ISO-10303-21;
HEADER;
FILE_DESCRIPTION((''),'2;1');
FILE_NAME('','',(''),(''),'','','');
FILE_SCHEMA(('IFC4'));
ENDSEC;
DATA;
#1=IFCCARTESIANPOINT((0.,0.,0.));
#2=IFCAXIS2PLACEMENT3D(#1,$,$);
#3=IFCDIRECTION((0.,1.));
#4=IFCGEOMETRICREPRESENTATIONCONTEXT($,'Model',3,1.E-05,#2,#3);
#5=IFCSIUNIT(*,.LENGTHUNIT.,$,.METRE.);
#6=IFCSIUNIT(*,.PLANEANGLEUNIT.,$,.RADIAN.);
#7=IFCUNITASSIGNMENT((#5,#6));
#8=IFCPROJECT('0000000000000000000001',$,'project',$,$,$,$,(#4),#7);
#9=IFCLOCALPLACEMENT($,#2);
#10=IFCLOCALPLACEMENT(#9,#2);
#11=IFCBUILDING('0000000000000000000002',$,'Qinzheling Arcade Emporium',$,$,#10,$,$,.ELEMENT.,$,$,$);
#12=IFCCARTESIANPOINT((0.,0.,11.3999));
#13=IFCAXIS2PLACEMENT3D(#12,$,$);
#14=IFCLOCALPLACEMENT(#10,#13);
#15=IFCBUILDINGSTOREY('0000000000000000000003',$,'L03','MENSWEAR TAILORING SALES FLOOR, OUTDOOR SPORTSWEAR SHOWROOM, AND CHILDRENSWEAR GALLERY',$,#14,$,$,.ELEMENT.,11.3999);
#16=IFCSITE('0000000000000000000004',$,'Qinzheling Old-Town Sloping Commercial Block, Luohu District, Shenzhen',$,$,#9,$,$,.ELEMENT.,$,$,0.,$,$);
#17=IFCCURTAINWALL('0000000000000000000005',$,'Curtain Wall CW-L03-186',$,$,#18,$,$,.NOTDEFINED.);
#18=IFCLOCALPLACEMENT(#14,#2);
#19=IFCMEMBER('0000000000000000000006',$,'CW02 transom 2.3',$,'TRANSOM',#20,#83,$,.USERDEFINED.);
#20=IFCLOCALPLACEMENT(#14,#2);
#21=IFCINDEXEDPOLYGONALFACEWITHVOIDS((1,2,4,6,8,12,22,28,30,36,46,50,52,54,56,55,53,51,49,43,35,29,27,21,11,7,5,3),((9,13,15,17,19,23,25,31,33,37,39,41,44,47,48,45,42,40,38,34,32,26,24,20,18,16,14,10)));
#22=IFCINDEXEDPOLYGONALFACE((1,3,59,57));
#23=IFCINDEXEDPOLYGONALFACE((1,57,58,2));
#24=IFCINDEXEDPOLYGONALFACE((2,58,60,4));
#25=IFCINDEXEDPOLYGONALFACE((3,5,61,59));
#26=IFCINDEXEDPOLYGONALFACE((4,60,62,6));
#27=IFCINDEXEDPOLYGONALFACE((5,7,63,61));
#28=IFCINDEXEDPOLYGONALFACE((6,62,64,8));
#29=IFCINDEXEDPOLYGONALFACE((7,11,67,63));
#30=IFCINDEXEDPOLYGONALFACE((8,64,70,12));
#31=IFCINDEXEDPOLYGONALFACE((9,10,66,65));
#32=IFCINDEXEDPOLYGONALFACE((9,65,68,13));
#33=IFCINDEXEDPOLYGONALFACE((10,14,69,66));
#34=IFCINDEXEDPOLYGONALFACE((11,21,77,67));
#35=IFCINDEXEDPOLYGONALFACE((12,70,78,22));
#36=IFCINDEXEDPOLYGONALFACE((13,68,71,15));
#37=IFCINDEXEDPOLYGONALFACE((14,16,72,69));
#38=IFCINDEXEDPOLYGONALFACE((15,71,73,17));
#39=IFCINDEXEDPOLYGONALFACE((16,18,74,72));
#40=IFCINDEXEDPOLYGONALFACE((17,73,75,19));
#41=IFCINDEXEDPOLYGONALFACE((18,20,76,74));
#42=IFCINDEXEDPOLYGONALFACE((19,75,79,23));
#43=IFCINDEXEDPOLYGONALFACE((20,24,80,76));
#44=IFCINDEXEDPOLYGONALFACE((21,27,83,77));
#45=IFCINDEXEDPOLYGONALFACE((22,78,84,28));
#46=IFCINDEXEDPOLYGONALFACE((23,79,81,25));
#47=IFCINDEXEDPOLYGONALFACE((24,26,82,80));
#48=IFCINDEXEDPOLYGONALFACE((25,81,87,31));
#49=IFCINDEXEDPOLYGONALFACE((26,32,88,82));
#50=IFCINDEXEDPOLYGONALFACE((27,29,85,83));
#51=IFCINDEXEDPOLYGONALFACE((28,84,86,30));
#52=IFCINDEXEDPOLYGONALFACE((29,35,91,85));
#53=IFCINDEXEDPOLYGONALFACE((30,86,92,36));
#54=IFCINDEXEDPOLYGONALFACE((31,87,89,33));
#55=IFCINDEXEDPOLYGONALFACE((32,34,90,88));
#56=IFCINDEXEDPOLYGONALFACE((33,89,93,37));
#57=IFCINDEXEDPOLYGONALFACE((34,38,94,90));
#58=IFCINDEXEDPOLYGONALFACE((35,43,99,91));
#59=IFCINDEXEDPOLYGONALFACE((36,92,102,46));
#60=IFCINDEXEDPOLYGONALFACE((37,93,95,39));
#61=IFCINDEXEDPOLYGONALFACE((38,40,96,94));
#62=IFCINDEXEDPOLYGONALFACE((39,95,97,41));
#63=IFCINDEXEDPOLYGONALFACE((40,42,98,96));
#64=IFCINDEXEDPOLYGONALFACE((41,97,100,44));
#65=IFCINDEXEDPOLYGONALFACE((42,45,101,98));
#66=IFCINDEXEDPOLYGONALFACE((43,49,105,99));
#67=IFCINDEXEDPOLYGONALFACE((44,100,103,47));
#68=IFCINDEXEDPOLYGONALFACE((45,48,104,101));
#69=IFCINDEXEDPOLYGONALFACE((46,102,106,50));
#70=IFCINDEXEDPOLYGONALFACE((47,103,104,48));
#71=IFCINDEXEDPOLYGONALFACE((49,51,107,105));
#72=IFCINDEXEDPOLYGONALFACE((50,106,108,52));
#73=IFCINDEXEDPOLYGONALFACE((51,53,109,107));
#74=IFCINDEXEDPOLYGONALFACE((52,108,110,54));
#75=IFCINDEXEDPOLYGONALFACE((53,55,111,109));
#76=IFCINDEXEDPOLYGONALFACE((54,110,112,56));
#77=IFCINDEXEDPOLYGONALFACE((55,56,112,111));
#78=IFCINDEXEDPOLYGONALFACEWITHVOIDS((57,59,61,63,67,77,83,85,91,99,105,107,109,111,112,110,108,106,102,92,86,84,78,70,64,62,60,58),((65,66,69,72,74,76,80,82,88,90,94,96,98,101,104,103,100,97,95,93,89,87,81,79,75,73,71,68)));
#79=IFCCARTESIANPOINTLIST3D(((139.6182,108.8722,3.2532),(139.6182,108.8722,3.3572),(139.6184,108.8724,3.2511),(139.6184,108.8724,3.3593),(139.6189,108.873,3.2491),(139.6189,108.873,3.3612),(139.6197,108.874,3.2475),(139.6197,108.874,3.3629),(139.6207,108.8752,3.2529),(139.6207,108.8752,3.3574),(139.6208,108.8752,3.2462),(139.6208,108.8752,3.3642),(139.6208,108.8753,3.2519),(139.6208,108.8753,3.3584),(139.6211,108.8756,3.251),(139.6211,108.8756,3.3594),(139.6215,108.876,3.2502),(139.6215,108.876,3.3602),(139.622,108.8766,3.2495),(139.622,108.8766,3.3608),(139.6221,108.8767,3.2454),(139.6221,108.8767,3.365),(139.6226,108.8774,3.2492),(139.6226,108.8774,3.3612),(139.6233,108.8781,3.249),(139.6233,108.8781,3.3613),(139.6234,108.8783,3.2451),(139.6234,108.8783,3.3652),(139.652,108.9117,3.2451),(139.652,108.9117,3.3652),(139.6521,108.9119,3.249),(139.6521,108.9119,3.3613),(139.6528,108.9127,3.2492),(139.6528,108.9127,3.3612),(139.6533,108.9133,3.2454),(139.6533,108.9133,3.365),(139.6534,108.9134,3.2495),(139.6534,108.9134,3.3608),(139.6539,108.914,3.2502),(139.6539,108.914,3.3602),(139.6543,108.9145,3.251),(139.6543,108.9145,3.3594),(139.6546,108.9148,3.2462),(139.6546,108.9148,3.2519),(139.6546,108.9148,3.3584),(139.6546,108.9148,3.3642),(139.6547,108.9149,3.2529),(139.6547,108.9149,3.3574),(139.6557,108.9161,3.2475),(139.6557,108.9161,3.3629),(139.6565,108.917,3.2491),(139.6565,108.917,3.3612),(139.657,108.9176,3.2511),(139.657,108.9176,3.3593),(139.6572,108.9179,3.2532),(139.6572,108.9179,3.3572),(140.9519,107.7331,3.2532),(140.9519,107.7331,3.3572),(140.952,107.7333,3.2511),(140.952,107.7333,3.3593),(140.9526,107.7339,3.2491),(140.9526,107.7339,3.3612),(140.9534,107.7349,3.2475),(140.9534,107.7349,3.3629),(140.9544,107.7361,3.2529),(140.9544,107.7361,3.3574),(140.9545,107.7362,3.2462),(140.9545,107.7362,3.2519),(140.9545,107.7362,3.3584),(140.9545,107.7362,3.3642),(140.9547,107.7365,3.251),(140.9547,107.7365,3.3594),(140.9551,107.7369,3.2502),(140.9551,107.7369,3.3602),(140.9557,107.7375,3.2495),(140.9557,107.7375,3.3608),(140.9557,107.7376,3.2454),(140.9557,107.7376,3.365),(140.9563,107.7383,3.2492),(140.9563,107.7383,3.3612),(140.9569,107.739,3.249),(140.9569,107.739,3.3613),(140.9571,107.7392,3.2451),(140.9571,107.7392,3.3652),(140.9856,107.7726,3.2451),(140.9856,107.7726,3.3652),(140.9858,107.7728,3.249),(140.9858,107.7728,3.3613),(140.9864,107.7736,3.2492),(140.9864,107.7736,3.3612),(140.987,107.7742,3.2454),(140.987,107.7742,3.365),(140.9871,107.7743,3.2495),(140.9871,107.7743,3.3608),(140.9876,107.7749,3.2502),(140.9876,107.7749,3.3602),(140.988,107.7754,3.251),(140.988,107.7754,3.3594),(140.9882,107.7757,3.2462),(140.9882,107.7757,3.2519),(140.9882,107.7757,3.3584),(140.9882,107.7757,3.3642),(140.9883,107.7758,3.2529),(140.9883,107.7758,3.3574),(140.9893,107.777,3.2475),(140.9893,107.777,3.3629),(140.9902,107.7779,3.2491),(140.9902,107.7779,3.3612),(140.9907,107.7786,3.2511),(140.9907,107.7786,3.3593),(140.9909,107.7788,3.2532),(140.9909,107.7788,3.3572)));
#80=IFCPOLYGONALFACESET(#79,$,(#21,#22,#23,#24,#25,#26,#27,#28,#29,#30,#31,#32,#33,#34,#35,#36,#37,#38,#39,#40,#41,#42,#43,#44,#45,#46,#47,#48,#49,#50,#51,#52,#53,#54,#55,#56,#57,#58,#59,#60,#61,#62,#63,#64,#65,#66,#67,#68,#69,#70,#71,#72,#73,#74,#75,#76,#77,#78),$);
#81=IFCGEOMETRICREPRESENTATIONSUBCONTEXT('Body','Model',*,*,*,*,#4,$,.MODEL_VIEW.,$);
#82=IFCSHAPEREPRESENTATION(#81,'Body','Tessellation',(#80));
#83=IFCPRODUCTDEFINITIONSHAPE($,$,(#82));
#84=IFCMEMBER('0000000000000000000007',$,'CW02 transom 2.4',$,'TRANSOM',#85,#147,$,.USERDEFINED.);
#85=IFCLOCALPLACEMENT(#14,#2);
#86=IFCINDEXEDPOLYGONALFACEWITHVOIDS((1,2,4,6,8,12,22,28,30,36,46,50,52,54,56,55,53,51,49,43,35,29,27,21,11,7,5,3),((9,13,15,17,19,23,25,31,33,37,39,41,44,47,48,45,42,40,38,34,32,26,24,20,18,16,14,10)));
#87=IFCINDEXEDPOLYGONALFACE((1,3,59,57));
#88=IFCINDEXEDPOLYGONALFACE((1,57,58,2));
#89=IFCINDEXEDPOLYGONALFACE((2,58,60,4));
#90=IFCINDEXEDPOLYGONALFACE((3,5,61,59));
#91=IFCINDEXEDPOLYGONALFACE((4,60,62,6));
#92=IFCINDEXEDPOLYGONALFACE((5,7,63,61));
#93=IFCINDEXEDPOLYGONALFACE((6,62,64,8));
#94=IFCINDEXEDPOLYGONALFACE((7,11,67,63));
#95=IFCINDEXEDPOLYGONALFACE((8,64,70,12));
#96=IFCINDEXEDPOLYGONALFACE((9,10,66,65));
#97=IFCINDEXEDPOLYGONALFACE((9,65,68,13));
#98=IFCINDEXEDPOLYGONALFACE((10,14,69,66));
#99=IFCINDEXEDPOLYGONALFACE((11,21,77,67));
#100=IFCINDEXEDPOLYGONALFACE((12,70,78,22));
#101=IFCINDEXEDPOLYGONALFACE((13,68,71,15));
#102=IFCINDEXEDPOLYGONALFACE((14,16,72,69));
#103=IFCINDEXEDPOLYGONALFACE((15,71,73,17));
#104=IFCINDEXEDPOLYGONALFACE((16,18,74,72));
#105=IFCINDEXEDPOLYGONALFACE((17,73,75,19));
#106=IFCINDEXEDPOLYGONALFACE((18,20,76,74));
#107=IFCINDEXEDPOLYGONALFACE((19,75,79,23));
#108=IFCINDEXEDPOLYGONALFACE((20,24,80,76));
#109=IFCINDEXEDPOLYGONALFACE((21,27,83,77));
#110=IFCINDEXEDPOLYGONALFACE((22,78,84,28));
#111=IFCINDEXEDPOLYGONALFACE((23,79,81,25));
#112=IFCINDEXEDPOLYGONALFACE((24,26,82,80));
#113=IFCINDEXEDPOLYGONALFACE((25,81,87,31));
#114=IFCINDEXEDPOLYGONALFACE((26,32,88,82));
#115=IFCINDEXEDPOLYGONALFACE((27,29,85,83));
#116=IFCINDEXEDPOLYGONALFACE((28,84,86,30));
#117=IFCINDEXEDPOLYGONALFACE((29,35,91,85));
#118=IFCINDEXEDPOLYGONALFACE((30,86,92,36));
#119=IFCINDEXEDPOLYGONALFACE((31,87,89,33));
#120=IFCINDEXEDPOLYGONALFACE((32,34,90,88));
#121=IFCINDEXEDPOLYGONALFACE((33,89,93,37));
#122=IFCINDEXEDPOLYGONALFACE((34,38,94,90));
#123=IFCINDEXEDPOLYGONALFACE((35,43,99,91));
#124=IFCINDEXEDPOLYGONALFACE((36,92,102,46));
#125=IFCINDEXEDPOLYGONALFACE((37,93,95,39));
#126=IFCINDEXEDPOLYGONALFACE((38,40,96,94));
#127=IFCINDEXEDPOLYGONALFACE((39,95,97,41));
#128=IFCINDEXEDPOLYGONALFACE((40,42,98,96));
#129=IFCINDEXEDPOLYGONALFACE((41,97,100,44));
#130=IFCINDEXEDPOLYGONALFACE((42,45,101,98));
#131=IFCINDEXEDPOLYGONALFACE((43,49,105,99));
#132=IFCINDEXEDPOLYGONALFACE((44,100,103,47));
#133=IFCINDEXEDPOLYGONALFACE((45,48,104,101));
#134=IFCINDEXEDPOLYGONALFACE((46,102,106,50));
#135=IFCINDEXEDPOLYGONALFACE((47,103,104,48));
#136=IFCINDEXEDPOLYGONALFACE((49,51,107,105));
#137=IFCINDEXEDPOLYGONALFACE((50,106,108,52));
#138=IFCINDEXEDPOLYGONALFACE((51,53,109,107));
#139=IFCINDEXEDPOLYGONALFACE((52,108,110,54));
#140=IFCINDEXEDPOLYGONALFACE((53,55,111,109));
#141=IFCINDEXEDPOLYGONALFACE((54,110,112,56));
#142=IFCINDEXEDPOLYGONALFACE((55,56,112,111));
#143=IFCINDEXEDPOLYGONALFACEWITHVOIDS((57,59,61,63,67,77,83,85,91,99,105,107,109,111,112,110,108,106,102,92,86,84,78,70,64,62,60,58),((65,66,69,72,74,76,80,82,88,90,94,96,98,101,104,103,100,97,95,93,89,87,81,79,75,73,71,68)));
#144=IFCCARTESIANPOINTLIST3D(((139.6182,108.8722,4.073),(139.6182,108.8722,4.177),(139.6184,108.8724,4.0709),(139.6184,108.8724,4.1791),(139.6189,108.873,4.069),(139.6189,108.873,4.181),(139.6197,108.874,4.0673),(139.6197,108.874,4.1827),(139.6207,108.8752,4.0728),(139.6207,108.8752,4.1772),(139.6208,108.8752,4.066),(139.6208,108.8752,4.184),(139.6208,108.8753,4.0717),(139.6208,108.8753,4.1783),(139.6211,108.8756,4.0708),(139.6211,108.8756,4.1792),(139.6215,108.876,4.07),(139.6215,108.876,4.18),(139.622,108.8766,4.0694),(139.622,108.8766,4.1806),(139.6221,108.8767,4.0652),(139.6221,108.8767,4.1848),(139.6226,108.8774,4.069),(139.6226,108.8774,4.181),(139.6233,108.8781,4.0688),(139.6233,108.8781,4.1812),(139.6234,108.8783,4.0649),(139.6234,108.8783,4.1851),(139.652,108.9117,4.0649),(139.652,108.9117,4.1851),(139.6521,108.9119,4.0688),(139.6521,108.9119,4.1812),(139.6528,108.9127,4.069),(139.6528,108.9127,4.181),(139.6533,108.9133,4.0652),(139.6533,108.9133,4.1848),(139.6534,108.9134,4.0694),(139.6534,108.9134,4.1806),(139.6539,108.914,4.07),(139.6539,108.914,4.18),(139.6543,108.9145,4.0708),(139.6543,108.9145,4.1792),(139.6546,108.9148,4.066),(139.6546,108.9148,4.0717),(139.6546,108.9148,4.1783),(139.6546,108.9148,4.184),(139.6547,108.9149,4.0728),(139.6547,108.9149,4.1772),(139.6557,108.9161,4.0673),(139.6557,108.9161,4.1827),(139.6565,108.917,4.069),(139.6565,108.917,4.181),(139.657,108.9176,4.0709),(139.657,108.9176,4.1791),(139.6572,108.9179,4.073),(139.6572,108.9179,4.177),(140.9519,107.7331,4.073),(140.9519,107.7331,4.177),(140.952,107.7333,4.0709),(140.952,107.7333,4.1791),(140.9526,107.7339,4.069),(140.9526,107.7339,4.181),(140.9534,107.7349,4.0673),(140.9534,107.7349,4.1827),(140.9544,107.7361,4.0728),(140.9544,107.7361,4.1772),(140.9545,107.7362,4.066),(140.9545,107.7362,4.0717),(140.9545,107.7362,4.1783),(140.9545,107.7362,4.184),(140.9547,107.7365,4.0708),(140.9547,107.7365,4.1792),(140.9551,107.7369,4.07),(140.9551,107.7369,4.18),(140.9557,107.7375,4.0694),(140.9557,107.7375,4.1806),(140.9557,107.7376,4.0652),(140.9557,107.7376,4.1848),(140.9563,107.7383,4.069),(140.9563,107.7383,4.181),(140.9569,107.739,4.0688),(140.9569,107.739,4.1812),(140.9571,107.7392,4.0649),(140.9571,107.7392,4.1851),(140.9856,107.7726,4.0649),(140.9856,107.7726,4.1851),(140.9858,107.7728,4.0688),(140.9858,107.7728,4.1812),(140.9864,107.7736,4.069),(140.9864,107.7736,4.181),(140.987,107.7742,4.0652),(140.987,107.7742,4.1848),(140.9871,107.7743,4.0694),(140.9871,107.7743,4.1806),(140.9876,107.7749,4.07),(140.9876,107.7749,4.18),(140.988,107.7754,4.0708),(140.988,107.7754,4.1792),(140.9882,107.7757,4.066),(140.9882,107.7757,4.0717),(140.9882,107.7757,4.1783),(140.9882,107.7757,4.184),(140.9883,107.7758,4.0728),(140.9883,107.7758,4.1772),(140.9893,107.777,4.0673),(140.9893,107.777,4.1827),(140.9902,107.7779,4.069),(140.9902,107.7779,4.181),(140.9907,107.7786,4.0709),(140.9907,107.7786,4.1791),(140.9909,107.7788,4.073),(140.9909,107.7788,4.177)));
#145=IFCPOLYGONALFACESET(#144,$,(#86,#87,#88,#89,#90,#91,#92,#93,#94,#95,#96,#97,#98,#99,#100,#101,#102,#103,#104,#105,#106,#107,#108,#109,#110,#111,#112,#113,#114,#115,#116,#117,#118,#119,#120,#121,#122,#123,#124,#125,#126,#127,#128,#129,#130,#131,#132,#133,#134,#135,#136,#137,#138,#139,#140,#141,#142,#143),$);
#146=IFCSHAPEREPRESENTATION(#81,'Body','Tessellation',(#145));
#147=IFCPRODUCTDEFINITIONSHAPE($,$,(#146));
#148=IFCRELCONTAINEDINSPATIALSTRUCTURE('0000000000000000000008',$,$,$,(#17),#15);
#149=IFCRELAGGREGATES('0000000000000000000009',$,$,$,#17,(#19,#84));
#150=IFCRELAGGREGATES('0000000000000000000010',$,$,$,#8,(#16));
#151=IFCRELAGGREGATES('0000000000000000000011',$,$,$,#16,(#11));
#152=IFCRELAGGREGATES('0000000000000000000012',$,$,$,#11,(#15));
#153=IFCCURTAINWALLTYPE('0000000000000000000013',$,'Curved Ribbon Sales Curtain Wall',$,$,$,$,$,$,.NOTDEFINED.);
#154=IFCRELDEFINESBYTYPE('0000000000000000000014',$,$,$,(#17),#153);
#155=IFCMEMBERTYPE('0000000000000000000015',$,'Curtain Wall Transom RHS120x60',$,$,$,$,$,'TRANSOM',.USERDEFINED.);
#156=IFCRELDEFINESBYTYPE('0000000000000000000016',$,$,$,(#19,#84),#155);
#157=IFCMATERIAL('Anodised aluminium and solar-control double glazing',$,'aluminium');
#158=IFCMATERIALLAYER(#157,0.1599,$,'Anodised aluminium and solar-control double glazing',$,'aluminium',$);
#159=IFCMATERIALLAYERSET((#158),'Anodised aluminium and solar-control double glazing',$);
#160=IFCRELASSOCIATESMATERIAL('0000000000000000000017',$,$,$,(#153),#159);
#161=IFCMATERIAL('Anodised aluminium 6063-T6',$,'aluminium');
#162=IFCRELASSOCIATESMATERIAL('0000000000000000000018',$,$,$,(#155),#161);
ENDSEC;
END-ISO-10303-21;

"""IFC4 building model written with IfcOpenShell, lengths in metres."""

from ifc_helpers import new_model, si_unit, direction, frame, origin, origin_2d, place, context, subcontext, project, spatial, hollow_rectangle, extrude, material, layer, layer_set, material_profile, profile_set, type_object, element, aggregate, save


model = new_model("IFC4")

# Units and contexts
model_context = context("Model", 3, precision=1e-05, world=origin(), true_north=direction((0.0, 1.0)))
body_context = subcontext(model_context, "Body", "Model", "MODEL_VIEW")
ifc_project = project(units=[si_unit("LENGTHUNIT", "METRE"), si_unit("PLANEANGLEUNIT", "RADIAN")], contexts=[model_context])

# Site, building, storey
site_placement = place(None, origin())
site = spatial("IfcSite", under=ifc_project, at=site_placement, Name="Qinzheling Old-Town Sloping Commercial Block, Luohu District, Shenzhen", CompositionType="ELEMENT", RefElevation=0.0)
building_placement = place(site_placement, origin())
building = spatial("IfcBuilding", under=site, at=building_placement, Name="Qinzheling Arcade Emporium", CompositionType="ELEMENT")
storey_placement = place(building_placement, frame((0.0, 0.0, 11.3999)))
storey = spatial("IfcBuildingStorey", under=building, at=storey_placement, Name="L03", Description="MENSWEAR TAILORING SALES FLOOR, OUTDOOR SPORTSWEAR SHOWROOM, AND CHILDRENSWEAR GALLERY", CompositionType="ELEMENT", Elevation=11.3999)

# Curtain wall
ifc_material_1 = material(Name="Anodised aluminium and solar-control double glazing", Category="aluminium")
ifc_layer_1 = layer(ifc_material_1, 0.1599, Name="Anodised aluminium and solar-control double glazing", Category="aluminium")
ifc_layer_set_1 = layer_set([ifc_layer_1], Name="Anodised aluminium and solar-control double glazing")
curtain_wall_type = type_object("IfcCurtainWallType", Name="Curved Ribbon Sales Curtain Wall", PredefinedType="NOTDEFINED", material=ifc_layer_set_1)
curtain_wall_1_placement = place(storey_placement, origin())
curtain_wall_1 = element("IfcCurtainWall", 1, at=curtain_wall_1_placement, inside=storey, type_object=curtain_wall_type, Name="Curtain Wall CW-L03-186", PredefinedType="NOTDEFINED")
ifc_material_2 = material(Name="Anodised aluminium 6063-T6", Category="aluminium")

# Members
ifc_material_profile_1 = material_profile(ifc_material_2, hollow_rectangle(XDim=0.0601, YDim=0.1201, WallThickness=0.0039, InnerFilletRadius=0.0039, OuterFilletRadius=0.0081, at=origin_2d()), Name="RHS 120x60x4", Category="aluminium")
ifc_profile_set_1 = profile_set([ifc_material_profile_1], Name="Anodised aluminium 6063-T6")
member_type_1 = type_object("IfcMemberType", Name="Curtain Wall Transom RHS120x60", ElementType="TRANSOM", PredefinedType="USERDEFINED", material=ifc_profile_set_1)
member_1_placement = place(storey_placement, frame((139.6377, 108.895, 3.3052), z_axis=(0.760395, -0.649461, 0.0), x_axis=(0.649461, 0.760395, 0.0)))
member_1 = element("IfcMember", 2, at=member_1_placement, type_object=member_type_1, Name="CW02 transom 2.3", ObjectType="TRANSOM", PredefinedType="USERDEFINED", context=body_context, shape_type="SweptSolid", body=[
    extrude(hollow_rectangle(XDim=0.0601, YDim=0.1201, WallThickness=0.0039, InnerFilletRadius=0.0039, OuterFilletRadius=0.0081, at=origin_2d()), origin(), (0.0, 0.0, 1.0), 1.7539),
])
member_2_placement = place(storey_placement, frame((139.6377, 108.895, 4.125), z_axis=(0.760395, -0.649461, 0.0), x_axis=(0.649461, 0.760395, 0.0)))
member_2 = element("IfcMember", 3, at=member_2_placement, type_object=member_type_1, Name="CW02 transom 2.4", ObjectType="TRANSOM", PredefinedType="USERDEFINED", context=body_context, shape_type="SweptSolid", body=[
    extrude(hollow_rectangle(XDim=0.0601, YDim=0.1201, WallThickness=0.0039, InnerFilletRadius=0.0039, OuterFilletRadius=0.0081, at=origin_2d()), origin(), (0.0, 0.0, 1.0), 1.7539),
])

aggregate(curtain_wall_1, [member_1, member_2])

save(model, "model.ifc")
